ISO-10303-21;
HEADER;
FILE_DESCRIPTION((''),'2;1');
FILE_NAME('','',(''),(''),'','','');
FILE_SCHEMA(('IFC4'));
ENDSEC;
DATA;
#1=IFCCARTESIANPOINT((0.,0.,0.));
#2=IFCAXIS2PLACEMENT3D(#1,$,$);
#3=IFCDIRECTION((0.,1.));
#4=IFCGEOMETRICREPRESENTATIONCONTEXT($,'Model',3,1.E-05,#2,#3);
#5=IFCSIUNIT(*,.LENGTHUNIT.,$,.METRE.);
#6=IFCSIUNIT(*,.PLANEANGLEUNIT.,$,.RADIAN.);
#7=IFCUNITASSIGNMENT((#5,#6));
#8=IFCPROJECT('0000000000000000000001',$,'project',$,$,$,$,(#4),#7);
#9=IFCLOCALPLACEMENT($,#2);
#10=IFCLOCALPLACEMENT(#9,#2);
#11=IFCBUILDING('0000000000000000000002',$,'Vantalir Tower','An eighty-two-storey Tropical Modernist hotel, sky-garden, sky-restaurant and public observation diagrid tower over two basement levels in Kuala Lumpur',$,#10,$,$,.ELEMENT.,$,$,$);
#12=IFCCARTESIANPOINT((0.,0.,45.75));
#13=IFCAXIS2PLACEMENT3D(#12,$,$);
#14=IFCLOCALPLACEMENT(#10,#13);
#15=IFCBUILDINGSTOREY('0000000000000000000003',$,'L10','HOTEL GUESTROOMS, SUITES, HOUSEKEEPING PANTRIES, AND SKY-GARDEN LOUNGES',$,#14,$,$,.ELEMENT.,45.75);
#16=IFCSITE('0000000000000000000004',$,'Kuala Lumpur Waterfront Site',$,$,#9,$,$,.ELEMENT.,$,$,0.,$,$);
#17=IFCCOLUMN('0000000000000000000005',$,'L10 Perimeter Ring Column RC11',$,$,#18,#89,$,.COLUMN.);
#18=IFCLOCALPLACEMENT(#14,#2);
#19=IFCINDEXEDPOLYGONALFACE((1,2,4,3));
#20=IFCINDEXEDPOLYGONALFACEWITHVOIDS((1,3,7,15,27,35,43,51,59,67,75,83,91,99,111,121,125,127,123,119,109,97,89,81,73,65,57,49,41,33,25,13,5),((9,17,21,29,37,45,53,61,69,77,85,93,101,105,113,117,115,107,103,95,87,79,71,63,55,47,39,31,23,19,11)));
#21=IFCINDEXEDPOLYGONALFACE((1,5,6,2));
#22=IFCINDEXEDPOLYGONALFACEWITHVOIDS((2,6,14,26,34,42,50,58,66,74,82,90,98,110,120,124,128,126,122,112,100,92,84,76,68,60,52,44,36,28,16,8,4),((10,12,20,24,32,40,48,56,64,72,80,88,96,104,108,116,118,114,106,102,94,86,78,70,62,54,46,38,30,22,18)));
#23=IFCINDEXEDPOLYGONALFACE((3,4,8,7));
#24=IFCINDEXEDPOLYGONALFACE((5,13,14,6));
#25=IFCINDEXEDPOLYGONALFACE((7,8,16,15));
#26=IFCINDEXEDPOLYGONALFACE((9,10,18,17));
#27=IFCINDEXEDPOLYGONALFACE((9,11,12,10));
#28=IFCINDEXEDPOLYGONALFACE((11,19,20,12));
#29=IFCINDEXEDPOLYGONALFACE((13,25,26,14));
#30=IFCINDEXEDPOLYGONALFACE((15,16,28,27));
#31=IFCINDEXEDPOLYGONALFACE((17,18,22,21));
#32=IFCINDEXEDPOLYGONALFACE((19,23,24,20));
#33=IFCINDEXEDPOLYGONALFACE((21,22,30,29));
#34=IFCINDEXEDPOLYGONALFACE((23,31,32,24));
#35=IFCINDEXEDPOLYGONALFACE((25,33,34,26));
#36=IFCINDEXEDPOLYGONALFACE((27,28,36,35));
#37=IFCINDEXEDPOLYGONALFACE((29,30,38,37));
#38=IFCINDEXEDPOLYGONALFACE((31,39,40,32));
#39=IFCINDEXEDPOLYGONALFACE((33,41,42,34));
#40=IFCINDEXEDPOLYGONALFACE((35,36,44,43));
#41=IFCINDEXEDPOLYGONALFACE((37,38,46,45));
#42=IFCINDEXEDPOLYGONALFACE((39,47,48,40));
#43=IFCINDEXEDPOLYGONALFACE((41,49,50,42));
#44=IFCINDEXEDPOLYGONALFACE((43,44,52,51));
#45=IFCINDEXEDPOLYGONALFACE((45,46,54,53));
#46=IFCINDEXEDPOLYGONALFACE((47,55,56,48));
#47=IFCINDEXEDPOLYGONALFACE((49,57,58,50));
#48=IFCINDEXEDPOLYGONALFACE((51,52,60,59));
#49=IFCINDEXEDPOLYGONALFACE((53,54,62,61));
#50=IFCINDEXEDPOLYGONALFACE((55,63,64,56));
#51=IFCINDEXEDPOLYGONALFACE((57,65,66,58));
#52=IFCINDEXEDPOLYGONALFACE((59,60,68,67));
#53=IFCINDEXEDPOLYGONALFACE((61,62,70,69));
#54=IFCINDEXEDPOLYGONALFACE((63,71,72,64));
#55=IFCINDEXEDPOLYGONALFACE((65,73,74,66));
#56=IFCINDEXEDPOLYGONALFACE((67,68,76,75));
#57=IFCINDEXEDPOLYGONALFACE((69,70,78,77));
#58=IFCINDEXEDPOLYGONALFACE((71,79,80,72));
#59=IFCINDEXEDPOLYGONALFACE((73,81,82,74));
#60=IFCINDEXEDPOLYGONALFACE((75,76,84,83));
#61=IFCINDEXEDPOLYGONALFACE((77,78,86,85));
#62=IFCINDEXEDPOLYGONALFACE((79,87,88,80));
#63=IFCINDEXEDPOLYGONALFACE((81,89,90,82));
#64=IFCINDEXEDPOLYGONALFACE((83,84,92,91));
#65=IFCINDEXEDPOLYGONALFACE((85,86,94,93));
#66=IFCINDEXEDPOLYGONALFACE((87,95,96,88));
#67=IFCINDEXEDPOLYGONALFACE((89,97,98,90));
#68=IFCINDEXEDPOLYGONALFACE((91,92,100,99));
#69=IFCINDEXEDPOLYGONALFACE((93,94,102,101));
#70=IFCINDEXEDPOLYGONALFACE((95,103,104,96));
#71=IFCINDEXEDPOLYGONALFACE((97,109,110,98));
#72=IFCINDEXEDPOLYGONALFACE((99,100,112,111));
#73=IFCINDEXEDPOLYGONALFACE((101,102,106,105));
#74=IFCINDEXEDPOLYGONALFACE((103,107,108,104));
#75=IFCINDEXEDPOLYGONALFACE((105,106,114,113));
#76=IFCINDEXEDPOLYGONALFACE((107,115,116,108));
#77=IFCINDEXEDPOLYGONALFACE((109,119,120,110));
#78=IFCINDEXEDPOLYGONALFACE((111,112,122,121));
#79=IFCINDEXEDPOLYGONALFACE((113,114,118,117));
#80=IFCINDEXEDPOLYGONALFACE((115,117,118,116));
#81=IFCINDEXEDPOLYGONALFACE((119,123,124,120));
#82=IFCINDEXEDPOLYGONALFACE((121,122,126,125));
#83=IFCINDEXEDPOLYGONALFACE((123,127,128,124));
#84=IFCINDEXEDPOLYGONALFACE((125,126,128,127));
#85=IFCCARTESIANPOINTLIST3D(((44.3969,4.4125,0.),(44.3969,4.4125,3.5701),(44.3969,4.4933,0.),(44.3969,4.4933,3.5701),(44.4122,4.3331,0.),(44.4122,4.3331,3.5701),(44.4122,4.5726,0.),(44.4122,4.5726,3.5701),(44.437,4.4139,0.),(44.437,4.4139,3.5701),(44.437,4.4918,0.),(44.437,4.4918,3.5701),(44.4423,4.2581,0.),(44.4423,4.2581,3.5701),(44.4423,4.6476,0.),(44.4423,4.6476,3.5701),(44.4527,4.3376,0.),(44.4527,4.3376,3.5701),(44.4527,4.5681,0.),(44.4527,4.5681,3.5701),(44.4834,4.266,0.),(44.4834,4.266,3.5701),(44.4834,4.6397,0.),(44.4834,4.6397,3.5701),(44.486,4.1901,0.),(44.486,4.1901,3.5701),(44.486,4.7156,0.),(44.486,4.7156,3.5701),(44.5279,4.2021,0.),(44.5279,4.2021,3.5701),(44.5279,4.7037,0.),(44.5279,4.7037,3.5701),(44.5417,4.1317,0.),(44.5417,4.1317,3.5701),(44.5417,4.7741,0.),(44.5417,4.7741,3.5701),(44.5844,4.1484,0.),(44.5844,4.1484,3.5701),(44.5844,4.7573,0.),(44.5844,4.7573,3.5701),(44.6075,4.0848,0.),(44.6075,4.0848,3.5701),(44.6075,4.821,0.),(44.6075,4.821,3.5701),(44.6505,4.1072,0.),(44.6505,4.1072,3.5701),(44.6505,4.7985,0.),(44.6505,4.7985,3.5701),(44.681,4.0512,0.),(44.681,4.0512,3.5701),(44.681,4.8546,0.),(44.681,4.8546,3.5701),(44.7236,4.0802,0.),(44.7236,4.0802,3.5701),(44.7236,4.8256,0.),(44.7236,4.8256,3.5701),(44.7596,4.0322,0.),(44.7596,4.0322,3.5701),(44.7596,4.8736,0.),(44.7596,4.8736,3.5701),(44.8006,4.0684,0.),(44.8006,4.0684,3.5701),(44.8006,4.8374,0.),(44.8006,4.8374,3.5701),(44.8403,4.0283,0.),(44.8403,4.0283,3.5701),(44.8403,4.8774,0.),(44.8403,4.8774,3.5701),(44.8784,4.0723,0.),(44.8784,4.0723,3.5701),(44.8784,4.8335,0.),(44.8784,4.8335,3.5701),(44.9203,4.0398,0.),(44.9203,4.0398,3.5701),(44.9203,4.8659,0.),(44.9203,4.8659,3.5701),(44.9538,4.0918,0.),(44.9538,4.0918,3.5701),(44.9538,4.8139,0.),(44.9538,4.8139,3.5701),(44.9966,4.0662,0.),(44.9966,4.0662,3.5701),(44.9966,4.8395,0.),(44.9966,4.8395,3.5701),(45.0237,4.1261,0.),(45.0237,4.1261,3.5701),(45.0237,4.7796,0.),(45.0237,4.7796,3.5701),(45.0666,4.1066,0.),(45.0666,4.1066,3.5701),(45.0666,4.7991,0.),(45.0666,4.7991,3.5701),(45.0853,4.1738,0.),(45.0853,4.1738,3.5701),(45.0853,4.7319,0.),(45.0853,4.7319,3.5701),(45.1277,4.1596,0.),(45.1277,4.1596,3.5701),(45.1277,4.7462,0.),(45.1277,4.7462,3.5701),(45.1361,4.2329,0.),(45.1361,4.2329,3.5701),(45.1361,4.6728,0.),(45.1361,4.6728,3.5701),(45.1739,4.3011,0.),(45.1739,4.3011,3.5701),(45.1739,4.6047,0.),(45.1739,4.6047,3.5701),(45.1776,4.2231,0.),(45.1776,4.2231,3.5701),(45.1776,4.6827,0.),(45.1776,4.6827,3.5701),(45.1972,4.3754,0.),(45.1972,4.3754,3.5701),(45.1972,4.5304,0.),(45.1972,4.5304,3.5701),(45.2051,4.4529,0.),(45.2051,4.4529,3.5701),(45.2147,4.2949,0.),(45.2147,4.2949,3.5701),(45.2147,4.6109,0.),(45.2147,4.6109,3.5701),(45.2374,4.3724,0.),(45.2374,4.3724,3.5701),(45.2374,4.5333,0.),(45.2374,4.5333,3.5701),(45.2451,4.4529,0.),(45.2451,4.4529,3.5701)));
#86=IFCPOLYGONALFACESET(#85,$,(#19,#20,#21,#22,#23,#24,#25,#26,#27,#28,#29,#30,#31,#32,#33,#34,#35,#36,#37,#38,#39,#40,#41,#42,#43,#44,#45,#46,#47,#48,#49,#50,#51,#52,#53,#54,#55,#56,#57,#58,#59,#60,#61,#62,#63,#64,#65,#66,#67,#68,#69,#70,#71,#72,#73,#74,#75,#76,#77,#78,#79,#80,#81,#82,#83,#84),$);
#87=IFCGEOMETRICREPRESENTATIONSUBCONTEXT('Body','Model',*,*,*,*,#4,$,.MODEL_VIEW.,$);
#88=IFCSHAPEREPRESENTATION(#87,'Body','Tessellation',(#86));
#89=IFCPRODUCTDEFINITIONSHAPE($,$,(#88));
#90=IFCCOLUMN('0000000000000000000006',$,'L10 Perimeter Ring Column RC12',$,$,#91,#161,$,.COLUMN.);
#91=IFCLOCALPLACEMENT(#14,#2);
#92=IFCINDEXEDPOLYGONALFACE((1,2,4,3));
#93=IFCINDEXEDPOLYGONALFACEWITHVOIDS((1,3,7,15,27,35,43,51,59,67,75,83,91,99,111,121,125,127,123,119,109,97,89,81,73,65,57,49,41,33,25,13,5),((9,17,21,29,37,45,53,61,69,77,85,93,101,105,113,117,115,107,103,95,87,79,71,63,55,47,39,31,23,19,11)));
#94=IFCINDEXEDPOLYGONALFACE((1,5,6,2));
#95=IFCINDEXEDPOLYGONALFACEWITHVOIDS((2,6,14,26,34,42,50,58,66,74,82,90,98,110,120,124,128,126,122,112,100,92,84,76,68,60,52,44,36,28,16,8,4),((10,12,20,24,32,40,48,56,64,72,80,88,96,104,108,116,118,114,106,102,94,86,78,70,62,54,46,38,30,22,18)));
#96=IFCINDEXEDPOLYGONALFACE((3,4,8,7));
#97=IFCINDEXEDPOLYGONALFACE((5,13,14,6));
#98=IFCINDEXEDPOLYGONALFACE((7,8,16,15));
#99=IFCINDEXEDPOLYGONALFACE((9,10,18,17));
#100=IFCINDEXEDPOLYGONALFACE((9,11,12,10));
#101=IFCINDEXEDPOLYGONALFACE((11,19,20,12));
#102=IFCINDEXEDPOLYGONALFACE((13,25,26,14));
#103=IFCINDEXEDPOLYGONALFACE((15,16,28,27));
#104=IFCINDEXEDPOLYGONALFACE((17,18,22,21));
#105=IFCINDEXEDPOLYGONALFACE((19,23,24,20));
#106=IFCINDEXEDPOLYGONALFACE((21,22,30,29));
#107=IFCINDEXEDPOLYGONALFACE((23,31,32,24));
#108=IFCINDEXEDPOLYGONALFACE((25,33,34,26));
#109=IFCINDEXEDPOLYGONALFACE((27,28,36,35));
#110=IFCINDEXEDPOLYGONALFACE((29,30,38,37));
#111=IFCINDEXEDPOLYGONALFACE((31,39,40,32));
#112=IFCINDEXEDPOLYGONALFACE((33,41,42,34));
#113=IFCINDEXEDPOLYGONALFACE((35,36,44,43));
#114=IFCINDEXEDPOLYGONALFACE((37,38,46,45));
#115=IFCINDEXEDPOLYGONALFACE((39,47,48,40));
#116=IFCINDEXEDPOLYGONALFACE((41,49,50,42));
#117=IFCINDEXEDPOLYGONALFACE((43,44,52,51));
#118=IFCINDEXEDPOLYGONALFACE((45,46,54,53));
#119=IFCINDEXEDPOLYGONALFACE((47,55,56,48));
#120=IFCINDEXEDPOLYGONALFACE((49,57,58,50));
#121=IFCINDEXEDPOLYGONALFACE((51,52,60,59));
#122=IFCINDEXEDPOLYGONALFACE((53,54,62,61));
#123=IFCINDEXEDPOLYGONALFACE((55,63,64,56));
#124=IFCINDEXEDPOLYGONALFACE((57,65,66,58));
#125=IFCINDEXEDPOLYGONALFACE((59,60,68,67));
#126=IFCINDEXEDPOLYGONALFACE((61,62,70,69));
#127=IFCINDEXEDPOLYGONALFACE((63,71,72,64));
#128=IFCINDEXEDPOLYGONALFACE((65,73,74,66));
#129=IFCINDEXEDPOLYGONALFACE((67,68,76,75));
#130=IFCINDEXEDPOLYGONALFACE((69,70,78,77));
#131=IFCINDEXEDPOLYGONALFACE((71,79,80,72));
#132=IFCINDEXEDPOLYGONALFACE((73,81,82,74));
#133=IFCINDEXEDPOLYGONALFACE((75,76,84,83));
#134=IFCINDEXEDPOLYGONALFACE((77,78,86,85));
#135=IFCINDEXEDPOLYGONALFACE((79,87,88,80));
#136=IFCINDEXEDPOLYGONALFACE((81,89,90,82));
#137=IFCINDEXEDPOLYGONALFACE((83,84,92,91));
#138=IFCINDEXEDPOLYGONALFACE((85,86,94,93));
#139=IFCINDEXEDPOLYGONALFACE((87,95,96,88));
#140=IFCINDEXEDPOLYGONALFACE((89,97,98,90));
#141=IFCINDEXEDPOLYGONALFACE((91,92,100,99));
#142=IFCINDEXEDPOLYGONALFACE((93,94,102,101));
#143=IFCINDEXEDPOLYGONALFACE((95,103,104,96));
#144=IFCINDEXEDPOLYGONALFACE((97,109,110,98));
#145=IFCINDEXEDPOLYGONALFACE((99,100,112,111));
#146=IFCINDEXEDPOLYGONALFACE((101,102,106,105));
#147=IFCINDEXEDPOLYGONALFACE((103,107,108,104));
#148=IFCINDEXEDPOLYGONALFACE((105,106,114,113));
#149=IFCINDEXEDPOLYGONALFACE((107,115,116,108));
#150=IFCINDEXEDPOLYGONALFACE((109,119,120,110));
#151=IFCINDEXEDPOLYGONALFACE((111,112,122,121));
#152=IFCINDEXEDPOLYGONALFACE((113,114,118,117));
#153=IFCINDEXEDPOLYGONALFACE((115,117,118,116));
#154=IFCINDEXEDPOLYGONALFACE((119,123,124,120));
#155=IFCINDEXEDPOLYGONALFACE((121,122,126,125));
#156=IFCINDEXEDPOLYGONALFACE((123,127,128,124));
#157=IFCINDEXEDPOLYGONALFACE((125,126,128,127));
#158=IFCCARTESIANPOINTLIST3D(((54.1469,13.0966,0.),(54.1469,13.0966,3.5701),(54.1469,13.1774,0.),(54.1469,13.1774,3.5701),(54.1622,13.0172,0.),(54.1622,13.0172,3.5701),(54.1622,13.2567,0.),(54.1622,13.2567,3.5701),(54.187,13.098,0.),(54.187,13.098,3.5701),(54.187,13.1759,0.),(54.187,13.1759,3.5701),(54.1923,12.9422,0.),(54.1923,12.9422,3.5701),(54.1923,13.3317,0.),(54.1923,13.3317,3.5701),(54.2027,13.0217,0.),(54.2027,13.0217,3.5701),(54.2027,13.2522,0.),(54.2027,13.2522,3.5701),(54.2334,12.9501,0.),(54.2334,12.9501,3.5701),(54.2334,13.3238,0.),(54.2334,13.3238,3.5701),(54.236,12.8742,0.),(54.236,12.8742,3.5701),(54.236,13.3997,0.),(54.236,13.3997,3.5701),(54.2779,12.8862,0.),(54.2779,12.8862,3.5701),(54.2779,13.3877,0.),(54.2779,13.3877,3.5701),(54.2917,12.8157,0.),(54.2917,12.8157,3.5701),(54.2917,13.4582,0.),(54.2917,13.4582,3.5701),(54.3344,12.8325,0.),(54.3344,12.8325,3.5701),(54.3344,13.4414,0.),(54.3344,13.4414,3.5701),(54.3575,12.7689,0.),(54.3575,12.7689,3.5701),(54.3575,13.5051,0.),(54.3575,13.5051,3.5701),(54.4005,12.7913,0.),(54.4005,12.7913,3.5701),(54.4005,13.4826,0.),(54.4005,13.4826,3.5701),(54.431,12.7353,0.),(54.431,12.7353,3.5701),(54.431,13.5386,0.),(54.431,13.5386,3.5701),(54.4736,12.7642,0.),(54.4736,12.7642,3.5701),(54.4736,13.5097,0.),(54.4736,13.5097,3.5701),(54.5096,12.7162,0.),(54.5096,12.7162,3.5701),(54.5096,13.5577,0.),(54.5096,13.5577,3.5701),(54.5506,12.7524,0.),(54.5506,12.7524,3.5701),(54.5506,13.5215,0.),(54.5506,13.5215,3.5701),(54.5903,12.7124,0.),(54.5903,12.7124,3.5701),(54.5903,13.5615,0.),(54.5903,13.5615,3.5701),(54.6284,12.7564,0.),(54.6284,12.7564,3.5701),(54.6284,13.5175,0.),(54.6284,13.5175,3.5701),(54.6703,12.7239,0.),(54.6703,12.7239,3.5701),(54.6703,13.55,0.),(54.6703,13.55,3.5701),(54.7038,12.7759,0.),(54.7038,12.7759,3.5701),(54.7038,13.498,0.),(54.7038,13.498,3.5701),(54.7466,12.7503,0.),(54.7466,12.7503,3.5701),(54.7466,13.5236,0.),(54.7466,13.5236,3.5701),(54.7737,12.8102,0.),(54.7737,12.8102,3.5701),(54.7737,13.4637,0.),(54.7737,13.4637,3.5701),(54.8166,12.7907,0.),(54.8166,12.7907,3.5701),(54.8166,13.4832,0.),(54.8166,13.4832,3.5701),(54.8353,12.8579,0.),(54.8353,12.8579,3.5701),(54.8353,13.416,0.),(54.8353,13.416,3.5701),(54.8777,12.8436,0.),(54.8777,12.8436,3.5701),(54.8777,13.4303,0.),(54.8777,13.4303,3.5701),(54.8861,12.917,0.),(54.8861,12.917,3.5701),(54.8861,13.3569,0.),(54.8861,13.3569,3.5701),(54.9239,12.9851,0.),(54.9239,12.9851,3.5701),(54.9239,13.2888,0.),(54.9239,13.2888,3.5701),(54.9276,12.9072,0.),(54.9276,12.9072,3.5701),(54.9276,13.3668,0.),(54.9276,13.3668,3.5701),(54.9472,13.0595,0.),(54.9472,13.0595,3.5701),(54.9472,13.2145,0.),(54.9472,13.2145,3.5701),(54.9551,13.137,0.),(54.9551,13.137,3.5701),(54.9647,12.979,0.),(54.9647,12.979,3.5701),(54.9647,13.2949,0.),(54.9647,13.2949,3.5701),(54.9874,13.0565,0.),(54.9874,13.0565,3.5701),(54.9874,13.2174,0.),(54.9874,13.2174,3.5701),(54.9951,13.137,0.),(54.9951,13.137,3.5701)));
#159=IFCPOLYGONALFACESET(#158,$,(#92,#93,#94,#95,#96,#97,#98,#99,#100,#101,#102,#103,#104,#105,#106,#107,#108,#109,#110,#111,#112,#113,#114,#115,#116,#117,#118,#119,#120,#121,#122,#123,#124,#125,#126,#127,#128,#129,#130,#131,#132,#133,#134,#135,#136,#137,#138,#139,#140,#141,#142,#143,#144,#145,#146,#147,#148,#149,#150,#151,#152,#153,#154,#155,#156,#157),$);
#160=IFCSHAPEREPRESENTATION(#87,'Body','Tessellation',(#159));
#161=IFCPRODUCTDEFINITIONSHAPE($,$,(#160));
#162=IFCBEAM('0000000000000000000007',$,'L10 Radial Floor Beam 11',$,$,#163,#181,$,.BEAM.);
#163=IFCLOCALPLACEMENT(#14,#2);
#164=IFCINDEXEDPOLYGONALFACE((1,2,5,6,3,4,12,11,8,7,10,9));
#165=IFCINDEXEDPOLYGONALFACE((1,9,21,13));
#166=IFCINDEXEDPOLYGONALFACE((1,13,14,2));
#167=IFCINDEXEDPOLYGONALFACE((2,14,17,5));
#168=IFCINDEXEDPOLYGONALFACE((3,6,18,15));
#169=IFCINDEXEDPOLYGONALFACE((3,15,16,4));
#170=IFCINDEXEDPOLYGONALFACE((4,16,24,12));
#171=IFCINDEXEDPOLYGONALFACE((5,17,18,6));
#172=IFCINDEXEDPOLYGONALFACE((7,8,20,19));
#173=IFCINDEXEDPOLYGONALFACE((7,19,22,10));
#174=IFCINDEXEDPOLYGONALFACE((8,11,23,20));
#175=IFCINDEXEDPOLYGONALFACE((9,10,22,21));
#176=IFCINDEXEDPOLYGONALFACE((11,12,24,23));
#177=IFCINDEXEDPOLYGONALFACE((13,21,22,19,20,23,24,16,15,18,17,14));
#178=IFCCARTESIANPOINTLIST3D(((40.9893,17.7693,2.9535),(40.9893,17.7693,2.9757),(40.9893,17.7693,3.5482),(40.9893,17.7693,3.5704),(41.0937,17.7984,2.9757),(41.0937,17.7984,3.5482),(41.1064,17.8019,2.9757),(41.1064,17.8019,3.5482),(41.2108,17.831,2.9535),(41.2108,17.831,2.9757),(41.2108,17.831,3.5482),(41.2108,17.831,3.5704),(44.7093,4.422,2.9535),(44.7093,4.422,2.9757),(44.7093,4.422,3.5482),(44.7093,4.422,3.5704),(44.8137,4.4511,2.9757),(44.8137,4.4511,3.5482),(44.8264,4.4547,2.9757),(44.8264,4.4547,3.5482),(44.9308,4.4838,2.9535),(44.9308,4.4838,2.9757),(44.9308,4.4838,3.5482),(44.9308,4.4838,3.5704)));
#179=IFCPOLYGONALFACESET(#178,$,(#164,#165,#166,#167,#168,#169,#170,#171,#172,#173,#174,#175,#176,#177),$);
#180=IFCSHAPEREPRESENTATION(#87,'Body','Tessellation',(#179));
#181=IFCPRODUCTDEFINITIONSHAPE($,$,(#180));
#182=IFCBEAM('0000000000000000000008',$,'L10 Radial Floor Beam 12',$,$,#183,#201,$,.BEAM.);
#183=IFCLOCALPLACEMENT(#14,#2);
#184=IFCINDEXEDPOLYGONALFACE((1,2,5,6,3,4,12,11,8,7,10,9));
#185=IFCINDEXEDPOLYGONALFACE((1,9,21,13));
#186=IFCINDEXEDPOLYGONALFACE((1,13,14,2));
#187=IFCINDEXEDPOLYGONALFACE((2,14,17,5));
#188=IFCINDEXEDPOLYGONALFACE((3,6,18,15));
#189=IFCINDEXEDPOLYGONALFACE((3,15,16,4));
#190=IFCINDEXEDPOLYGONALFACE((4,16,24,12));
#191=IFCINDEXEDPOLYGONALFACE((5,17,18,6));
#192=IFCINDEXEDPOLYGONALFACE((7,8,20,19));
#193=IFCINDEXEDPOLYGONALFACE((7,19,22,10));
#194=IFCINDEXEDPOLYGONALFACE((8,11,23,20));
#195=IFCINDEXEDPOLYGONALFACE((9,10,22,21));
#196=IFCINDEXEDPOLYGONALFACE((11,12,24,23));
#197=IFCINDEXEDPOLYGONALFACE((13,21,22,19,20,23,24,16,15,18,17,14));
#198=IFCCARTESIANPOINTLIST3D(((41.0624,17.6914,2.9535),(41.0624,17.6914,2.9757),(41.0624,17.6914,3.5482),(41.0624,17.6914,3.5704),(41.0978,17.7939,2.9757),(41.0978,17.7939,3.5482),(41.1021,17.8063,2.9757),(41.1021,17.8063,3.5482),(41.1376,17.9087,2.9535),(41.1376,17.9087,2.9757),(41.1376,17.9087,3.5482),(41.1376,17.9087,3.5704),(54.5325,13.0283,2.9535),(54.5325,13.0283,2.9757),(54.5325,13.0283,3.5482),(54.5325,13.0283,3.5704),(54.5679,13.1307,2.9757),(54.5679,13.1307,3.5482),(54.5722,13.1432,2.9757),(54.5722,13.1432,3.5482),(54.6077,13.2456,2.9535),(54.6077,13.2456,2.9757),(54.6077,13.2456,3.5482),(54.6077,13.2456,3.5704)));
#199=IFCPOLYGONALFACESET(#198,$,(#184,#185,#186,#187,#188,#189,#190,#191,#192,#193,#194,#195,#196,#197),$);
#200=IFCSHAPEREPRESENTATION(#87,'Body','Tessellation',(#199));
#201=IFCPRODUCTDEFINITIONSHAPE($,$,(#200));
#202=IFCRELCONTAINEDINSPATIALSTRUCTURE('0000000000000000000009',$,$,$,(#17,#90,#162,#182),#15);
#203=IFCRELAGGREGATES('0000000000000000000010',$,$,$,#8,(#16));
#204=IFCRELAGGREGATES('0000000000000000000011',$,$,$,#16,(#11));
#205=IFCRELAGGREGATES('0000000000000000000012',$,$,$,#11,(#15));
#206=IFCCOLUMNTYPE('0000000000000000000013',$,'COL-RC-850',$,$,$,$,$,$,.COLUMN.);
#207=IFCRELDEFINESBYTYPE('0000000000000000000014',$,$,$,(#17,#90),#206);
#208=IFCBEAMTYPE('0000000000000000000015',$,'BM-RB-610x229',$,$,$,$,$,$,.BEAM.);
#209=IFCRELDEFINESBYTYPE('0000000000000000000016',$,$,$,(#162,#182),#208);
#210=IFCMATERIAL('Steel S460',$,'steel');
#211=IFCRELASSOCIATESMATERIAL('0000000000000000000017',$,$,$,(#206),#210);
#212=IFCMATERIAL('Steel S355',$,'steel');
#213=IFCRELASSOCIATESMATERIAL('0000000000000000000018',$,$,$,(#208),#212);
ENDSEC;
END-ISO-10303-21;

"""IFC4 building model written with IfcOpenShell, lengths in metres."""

from ifc_helpers import new_model, si_unit, direction, frame, origin, origin_2d, place, context, subcontext, project, spatial, hollow_circle, i_section, extrude, material, material_profile, profile_set, type_object, element, save


model = new_model("IFC4")

# Units and contexts
model_context = context("Model", 3, precision=1e-05, world=origin(), true_north=direction((0.0, 1.0)))
body_context = subcontext(model_context, "Body", "Model", "MODEL_VIEW")
ifc_project = project(units=[si_unit("LENGTHUNIT", "METRE"), si_unit("PLANEANGLEUNIT", "RADIAN")], contexts=[model_context])

# Site, building, storey
site_placement = place(None, origin())
site = spatial("IfcSite", under=ifc_project, at=site_placement, Name="Kuala Lumpur Waterfront Site", CompositionType="ELEMENT", RefElevation=0.0)
building_placement = place(site_placement, origin())
building = spatial("IfcBuilding", under=site, at=building_placement, Name="Vantalir Tower", Description="An eighty-two-storey Tropical Modernist hotel, sky-garden, sky-restaurant and public observation diagrid tower over two basement levels in Kuala Lumpur", CompositionType="ELEMENT")
storey_placement = place(building_placement, frame((0.0, 0.0, 45.75)))
storey = spatial("IfcBuildingStorey", under=building, at=storey_placement, Name="L10", Description="HOTEL GUESTROOMS, SUITES, HOUSEKEEPING PANTRIES, AND SKY-GARDEN LOUNGES", CompositionType="ELEMENT", Elevation=45.75)

# Columns
ifc_material_1 = material(Name="Steel S460", Category="steel")
ifc_material_profile_1 = material_profile(ifc_material_1, hollow_circle(Radius=0.425, WallThickness=0.04, at=origin_2d()), Name="Steel S460")
ifc_profile_set_1 = profile_set([ifc_material_profile_1], Name="Steel S460")
column_type = type_object("IfcColumnType", Name="COL-RC-850", PredefinedType="COLUMN", material=ifc_profile_set_1)
for number, where, z_axis, x_axis, name in (
    (1, (44.8201, 4.4529, 0.0), (0.0, 0.0, 1.0), (1.0, 0.0, 0.0), "L10 Perimeter Ring Column RC11"),
    (2, (54.5701, 13.137, 0.0), (0.0, 0.0, 1.0), (1.0, 0.0, 0.0), "L10 Perimeter Ring Column RC12"),
):
    element("IfcColumn", number, at=place(storey_placement, frame(where, z_axis=z_axis, x_axis=x_axis)), inside=storey, type_object=column_type, Name=name, PredefinedType="COLUMN", context=body_context, shape_type="SweptSolid", body=[
        extrude(hollow_circle(Radius=0.425, WallThickness=0.04, at=origin_2d()), origin(), (0.0, 0.0, 1.0), 3.5701),
    ])

# Beams
ifc_material_2 = material(Name="Steel S355", Category="steel")
ifc_material_profile_2 = material_profile(ifc_material_2, i_section(OverallWidth=0.23, OverallDepth=0.6169, WebThickness=0.0132, FlangeThickness=0.0222, at=origin_2d()), Name="Steel S355")
ifc_profile_set_2 = profile_set([ifc_material_profile_2], Name="Steel S355")
beam_type_1 = type_object("IfcBeamType", Name="BM-RB-610x229", PredefinedType="BEAM", material=ifc_profile_set_2)
beam_1_placement = place(storey_placement, frame((44.8201, 4.4529, 3.262), z_axis=(-0.268476, 0.963286, 0.0), x_axis=(-0.963286, -0.268476, 0.0)))
element("IfcBeam", 3, at=beam_1_placement, inside=storey, type_object=beam_type_1, Name="L10 Radial Floor Beam 11", PredefinedType="BEAM", context=body_context, shape_type="SweptSolid", body=[
    extrude(i_section(OverallWidth=0.23, OverallDepth=0.6169, WebThickness=0.0132, FlangeThickness=0.0222, at=origin_2d()), origin(), (0.0, 0.0, 1.0), 13.856),
])
beam_2_placement = place(storey_placement, frame((54.5701, 13.137, 3.262), z_axis=(-0.944977, 0.327136, 0.0), x_axis=(-0.327136, -0.944977, 0.0)))
element("IfcBeam", 4, at=beam_2_placement, inside=storey, type_object=beam_type_1, Name="L10 Radial Floor Beam 12", PredefinedType="BEAM", context=body_context, shape_type="SweptSolid", body=[
    extrude(i_section(OverallWidth=0.23, OverallDepth=0.6169, WebThickness=0.0132, FlangeThickness=0.0222, at=origin_2d()), origin(), (0.0, 0.0, 1.0), 14.2544),
])

save(model, "model.ifc")
